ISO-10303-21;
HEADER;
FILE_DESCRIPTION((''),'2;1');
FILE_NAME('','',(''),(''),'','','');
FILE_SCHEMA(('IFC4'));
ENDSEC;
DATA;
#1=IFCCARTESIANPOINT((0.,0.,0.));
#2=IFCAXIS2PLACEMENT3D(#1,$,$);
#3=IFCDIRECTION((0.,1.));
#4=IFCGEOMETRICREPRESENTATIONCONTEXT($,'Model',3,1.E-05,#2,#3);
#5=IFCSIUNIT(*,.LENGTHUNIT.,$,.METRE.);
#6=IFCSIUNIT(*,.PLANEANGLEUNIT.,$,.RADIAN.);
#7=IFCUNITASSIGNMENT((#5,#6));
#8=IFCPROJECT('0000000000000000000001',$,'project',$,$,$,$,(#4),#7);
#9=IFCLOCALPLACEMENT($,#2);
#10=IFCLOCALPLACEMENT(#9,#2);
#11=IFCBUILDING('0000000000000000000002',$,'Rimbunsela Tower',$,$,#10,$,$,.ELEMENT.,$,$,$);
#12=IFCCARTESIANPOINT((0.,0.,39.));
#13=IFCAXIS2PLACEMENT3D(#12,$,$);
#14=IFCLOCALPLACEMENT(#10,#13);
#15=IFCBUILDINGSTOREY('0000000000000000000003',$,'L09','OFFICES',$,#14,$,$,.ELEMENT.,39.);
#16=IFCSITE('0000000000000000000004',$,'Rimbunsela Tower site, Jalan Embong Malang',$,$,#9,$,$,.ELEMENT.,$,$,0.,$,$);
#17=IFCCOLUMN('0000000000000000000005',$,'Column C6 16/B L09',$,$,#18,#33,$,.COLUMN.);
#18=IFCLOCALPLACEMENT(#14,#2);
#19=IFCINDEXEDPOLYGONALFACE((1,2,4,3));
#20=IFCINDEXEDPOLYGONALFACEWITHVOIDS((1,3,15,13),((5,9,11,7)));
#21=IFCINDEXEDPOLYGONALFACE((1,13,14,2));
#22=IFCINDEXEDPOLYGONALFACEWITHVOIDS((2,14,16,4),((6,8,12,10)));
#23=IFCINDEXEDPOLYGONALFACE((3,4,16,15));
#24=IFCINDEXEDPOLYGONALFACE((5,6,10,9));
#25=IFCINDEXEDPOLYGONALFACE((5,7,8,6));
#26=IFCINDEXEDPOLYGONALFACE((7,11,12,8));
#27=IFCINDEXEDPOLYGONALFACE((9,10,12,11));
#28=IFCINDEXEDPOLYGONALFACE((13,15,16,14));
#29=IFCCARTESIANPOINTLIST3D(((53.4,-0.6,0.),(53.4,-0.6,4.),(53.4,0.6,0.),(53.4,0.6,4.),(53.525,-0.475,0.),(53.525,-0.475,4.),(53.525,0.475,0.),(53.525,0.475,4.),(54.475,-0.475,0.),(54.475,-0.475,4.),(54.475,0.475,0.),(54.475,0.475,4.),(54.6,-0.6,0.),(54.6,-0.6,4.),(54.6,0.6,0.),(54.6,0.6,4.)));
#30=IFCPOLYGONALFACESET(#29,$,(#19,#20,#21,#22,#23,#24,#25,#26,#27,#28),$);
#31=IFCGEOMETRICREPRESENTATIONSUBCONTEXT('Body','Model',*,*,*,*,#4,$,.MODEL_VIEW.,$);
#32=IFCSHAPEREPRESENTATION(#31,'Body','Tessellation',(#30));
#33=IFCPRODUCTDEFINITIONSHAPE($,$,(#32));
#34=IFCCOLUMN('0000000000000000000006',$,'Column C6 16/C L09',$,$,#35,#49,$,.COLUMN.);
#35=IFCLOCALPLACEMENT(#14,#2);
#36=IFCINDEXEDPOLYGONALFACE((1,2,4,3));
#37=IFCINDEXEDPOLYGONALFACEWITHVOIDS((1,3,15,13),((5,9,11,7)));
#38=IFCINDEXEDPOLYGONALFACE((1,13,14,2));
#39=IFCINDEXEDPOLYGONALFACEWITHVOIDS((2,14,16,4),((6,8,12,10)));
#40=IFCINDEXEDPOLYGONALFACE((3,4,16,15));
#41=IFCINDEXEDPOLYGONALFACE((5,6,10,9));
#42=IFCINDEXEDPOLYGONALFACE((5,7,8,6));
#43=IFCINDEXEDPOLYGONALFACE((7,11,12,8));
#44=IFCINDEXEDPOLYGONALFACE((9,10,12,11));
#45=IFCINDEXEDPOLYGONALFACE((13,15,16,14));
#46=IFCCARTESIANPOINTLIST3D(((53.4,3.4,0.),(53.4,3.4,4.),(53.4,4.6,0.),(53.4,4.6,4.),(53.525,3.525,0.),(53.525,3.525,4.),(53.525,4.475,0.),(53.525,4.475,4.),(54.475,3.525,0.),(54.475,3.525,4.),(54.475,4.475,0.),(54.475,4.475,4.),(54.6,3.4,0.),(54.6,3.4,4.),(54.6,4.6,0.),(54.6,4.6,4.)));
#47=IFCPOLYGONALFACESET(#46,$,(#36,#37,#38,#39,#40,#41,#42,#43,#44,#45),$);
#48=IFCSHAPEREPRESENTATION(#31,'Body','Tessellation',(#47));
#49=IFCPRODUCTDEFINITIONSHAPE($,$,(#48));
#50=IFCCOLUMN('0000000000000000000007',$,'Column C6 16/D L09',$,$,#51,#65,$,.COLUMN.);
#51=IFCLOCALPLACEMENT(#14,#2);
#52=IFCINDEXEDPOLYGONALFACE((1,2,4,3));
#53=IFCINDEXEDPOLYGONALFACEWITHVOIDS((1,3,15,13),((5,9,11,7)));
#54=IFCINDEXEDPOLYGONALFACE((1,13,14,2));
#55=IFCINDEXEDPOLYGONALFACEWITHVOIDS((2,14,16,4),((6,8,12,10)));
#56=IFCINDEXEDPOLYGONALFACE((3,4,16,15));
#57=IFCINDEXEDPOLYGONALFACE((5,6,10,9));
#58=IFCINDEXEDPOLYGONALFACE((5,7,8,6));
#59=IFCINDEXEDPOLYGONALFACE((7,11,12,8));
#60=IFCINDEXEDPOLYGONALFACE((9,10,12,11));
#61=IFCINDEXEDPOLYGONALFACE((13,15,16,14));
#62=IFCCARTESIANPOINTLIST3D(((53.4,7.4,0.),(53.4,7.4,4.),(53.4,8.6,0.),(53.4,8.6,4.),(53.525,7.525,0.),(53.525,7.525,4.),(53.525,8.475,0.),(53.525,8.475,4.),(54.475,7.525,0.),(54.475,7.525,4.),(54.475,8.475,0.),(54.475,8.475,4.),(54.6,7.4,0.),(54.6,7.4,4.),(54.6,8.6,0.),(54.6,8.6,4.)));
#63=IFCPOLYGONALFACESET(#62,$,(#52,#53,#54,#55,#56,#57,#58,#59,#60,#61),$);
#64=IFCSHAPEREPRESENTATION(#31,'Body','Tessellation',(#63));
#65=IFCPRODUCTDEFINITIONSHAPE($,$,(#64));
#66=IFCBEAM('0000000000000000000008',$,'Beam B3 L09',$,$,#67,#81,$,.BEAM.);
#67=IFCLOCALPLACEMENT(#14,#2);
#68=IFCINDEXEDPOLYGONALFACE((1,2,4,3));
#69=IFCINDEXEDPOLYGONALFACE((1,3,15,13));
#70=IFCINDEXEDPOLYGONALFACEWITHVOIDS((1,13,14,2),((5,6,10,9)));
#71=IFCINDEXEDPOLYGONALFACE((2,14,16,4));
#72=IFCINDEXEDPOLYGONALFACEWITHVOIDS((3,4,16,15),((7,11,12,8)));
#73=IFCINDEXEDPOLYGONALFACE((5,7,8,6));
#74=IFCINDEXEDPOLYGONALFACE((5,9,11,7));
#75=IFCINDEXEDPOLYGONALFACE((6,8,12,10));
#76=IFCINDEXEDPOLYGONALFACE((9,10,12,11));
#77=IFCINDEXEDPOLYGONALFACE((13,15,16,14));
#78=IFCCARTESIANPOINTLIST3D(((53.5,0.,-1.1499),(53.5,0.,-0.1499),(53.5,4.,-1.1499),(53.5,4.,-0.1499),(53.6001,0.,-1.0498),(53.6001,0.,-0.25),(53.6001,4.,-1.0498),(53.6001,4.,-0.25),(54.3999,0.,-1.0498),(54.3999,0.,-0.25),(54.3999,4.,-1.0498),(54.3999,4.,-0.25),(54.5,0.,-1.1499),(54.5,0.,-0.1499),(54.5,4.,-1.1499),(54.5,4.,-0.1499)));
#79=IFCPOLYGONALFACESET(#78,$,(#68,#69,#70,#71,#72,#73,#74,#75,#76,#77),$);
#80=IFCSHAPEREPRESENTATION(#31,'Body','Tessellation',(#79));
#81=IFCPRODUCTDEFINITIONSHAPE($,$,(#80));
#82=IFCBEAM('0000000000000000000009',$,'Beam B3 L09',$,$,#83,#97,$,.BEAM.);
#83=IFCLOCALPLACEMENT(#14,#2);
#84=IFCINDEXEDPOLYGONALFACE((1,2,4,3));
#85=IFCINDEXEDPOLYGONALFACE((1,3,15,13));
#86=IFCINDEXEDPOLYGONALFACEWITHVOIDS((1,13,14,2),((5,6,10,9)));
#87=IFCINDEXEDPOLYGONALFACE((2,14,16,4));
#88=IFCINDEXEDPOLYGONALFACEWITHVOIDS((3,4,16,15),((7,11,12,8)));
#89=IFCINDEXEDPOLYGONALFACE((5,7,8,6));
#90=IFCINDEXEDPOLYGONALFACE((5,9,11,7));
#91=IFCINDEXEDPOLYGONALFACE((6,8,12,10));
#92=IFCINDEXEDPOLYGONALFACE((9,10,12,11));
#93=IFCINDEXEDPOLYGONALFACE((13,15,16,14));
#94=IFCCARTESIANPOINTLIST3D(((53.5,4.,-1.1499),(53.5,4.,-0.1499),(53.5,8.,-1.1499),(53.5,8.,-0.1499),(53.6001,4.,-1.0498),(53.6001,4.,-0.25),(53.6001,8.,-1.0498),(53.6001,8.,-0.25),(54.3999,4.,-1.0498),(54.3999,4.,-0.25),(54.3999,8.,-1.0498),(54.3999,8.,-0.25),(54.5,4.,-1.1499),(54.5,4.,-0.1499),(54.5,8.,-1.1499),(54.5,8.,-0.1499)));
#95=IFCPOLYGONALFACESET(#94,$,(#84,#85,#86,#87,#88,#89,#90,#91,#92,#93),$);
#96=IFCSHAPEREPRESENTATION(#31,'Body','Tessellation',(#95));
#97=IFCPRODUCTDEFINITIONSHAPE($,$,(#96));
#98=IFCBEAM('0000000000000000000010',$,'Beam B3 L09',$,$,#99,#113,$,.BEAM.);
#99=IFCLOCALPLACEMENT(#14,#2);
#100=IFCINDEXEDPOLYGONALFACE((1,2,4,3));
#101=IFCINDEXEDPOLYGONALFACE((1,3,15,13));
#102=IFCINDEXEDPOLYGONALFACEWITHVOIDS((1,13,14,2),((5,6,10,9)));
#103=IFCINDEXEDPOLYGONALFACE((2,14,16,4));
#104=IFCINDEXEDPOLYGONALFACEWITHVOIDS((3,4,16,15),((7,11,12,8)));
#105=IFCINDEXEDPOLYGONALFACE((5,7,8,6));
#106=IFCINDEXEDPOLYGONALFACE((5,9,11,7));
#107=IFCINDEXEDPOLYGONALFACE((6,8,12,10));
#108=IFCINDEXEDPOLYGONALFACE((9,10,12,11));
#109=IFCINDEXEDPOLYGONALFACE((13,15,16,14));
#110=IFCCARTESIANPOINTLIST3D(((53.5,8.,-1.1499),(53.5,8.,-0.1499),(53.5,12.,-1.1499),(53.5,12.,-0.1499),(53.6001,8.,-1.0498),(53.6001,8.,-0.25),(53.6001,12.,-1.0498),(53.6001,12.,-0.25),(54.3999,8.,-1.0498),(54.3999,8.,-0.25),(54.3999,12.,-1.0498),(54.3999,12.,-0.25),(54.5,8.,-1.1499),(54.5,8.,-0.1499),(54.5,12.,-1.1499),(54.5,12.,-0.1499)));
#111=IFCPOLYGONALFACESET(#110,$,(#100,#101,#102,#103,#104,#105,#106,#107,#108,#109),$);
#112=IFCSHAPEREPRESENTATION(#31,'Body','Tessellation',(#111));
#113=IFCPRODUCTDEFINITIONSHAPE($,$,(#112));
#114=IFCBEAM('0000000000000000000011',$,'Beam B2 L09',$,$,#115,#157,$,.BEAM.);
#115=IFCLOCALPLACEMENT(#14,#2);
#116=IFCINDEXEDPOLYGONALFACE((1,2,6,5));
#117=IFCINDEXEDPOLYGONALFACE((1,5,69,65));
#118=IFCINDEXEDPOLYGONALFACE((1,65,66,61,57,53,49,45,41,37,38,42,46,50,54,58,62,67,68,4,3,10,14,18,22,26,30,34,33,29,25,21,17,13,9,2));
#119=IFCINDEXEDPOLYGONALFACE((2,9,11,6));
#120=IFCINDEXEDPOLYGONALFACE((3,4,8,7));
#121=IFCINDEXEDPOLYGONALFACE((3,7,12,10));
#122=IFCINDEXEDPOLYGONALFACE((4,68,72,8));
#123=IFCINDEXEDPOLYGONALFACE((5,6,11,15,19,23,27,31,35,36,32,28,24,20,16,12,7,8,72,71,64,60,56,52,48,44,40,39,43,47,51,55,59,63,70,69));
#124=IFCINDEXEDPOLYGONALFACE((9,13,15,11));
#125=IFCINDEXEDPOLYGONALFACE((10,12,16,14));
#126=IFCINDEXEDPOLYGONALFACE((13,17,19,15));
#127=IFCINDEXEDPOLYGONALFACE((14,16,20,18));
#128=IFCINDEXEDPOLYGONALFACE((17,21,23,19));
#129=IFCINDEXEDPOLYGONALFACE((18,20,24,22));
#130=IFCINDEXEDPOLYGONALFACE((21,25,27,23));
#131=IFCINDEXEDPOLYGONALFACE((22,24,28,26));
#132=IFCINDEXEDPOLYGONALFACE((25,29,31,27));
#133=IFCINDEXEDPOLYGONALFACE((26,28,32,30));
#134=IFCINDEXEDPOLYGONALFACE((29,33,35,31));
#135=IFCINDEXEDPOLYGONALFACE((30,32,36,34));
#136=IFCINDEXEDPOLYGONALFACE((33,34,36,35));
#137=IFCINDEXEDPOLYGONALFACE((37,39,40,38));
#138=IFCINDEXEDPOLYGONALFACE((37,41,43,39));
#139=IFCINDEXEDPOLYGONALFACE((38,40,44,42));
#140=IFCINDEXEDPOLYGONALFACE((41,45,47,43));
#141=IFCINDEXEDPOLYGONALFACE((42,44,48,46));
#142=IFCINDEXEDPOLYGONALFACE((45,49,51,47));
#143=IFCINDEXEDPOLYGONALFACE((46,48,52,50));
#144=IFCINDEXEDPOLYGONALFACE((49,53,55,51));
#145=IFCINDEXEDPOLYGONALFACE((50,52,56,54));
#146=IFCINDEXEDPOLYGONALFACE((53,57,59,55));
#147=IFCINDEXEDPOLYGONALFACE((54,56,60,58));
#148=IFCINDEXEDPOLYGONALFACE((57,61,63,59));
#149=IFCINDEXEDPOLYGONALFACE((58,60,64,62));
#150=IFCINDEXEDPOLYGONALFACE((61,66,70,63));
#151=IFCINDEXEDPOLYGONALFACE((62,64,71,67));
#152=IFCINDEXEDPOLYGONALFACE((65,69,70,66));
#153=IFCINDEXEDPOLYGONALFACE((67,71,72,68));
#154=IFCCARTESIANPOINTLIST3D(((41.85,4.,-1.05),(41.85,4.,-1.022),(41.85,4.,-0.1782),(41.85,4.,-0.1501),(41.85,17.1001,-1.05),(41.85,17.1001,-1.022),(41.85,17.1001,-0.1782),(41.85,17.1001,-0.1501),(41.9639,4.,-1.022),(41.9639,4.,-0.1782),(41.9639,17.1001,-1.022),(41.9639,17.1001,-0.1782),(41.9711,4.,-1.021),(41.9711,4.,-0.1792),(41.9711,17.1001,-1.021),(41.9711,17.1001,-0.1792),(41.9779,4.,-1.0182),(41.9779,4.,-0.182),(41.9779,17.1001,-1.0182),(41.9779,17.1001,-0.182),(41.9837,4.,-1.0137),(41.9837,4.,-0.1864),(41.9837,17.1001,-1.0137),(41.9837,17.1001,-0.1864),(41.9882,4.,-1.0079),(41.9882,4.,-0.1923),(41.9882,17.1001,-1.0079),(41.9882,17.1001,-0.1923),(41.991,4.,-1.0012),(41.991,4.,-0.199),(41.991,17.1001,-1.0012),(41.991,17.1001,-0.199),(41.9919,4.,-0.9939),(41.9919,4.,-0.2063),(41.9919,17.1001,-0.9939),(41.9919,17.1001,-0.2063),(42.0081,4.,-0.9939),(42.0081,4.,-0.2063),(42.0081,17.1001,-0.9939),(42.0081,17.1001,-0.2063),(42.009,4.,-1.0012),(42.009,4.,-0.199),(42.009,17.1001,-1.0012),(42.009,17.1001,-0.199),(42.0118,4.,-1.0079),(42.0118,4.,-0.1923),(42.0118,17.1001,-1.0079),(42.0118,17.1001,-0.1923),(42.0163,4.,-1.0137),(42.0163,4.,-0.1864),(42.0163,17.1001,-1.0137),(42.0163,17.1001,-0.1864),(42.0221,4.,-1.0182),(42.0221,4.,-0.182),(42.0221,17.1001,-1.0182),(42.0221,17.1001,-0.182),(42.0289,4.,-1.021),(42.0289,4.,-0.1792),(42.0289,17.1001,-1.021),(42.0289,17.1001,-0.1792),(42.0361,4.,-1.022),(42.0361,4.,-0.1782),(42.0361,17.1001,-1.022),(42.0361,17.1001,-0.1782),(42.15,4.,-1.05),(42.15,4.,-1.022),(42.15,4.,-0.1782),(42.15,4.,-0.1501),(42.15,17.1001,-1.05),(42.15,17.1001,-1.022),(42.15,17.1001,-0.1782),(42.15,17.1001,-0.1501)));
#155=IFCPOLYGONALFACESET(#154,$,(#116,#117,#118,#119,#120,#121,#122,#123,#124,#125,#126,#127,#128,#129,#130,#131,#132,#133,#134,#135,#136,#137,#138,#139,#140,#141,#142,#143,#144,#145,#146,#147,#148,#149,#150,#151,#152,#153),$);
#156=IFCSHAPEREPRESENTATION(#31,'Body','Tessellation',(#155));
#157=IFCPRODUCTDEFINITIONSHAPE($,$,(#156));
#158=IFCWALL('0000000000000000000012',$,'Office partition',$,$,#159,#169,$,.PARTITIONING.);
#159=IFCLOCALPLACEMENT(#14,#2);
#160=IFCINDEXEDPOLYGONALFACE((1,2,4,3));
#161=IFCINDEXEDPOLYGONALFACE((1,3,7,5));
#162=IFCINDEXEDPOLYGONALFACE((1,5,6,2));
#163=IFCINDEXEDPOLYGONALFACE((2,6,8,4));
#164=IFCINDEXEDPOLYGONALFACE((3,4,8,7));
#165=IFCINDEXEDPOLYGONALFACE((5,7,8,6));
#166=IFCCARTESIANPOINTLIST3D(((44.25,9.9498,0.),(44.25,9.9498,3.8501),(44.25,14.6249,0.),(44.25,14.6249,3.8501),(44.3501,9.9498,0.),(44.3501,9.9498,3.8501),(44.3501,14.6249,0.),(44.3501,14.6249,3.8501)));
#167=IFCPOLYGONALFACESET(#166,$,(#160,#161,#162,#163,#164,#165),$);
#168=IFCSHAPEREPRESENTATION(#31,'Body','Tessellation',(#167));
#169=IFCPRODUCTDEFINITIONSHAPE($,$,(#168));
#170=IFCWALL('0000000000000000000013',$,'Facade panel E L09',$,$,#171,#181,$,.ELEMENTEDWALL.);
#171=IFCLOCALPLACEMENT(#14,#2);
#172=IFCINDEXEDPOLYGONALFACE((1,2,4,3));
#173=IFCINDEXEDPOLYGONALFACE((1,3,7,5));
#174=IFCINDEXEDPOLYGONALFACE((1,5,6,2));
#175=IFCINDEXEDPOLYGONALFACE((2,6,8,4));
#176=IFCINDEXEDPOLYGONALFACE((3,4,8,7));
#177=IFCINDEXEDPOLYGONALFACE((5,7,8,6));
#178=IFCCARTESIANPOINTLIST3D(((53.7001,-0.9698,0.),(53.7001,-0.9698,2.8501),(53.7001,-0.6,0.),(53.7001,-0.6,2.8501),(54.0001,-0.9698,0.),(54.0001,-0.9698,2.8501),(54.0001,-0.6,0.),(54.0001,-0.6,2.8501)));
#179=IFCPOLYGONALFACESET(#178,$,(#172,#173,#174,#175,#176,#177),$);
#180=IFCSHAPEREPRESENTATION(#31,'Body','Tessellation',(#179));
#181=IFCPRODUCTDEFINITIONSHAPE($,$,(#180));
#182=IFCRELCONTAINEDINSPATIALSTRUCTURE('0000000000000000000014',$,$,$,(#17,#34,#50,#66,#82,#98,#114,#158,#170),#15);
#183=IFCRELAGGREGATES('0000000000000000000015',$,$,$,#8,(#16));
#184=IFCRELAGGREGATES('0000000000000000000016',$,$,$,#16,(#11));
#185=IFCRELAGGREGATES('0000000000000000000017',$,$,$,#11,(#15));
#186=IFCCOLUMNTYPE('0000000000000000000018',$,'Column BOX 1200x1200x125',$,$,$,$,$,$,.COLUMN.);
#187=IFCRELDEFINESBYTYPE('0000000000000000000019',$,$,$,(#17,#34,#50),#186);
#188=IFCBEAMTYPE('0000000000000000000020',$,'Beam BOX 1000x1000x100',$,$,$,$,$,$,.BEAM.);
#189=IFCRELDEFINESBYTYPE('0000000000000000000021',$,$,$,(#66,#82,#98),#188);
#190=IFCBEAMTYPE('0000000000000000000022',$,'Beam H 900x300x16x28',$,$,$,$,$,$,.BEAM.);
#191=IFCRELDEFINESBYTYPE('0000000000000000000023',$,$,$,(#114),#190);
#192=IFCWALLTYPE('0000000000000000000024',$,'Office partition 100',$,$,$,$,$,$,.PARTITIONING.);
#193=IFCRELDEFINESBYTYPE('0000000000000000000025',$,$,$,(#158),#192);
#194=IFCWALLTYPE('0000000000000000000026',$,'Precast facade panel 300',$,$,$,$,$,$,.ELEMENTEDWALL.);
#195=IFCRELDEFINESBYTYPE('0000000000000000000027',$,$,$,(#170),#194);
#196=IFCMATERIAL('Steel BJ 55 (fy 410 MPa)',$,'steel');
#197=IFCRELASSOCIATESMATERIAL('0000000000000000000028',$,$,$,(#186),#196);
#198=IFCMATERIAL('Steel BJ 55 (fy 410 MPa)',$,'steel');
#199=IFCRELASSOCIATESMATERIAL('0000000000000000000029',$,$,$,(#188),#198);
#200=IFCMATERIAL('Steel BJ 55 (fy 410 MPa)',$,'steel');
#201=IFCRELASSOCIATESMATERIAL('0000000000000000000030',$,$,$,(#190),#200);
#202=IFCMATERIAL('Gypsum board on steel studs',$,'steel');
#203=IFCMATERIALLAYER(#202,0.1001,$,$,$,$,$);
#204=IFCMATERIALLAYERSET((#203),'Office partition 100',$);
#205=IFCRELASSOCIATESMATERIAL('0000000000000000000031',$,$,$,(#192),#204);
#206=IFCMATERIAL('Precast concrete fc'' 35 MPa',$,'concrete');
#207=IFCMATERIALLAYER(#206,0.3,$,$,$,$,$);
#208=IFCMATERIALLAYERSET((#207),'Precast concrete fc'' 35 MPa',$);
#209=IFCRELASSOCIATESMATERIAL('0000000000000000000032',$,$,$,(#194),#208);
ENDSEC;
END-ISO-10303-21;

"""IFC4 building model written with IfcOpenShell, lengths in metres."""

from ifc_helpers import new_model, si_unit, direction, frame, frame_2d, origin, origin_2d, place, context, subcontext, project, spatial, rectangle, hollow_rectangle, i_section, extrude, material, layer, layer_set, material_profile, profile_set, type_object, element, save


model = new_model("IFC4")

# Units and contexts
model_context = context("Model", 3, precision=1e-05, world=origin(), true_north=direction((0.0, 1.0)))
body_context = subcontext(model_context, "Body", "Model", "MODEL_VIEW")
ifc_project = project(units=[si_unit("LENGTHUNIT", "METRE"), si_unit("PLANEANGLEUNIT", "RADIAN")], contexts=[model_context])

# Site, building, storey
site_placement = place(None, origin())
site = spatial("IfcSite", under=ifc_project, at=site_placement, Name="Rimbunsela Tower site, Jalan Embong Malang", CompositionType="ELEMENT", RefElevation=0.0)
building_placement = place(site_placement, origin())
building = spatial("IfcBuilding", under=site, at=building_placement, Name="Rimbunsela Tower", CompositionType="ELEMENT")
storey_placement = place(building_placement, frame((0.0, 0.0, 39.0)))
storey = spatial("IfcBuildingStorey", under=building, at=storey_placement, Name="L09", Description="OFFICES", CompositionType="ELEMENT", Elevation=39.0)

# Columns
ifc_material_1 = material(Name="Steel BJ 55 (fy 410 MPa)", Category="steel")
ifc_material_profile_1 = material_profile(ifc_material_1, hollow_rectangle(XDim=1.2, YDim=1.2, WallThickness=0.125, at=origin_2d()), Name="BOX 1200x1200x125")
ifc_profile_set_1 = profile_set([ifc_material_profile_1], Name="Steel BJ 55 (fy 410 MPa)")
column_type = type_object("IfcColumnType", Name="Column BOX 1200x1200x125", PredefinedType="COLUMN", material=ifc_profile_set_1)
for number, where, z_axis, x_axis, name in (
    (1, (54.0, 0.0, 0.0), (0.0, 0.0, 1.0), (1.0, 0.0, 0.0), "Column C6 16/B L09"),
    (2, (54.0, 4.0, 0.0), (0.0, 0.0, 1.0), (1.0, 0.0, 0.0), "Column C6 16/C L09"),
    (3, (54.0, 8.0, 0.0), (0.0, 0.0, 1.0), (1.0, 0.0, 0.0), "Column C6 16/D L09"),
):
    element("IfcColumn", number, at=place(storey_placement, frame(where, z_axis=z_axis, x_axis=x_axis)), inside=storey, type_object=column_type, Name=name, PredefinedType="COLUMN", context=body_context, shape_type="SweptSolid", body=[
        extrude(hollow_rectangle(XDim=1.2, YDim=1.2, WallThickness=0.125, at=origin_2d()), origin(), (0.0, 0.0, 1.0), 4.0),
    ])

# Beams
ifc_material_2 = material(Name="Steel BJ 55 (fy 410 MPa)", Category="steel")
ifc_material_profile_2 = material_profile(ifc_material_2, hollow_rectangle(XDim=1.0, YDim=1.0, WallThickness=0.1001, at=origin_2d()), Name="BOX 1000x1000x100")
ifc_profile_set_2 = profile_set([ifc_material_profile_2], Name="Steel BJ 55 (fy 410 MPa)")
beam_type_1 = type_object("IfcBeamType", Name="Beam BOX 1000x1000x100", PredefinedType="BEAM", material=ifc_profile_set_2)
for number, where, z_axis, x_axis, name in (
    (4, (54.0, 0.0, -0.6499), (0.0, 1.0, 0.0), (-1.0, 0.0, 0.0), "Beam B3 L09"),
    (5, (54.0, 4.0, -0.6499), (0.0, 1.0, 0.0), (-1.0, 0.0, 0.0), "Beam B3 L09"),
    (6, (54.0, 8.0, -0.6499), (0.0, 1.0, 0.0), (-1.0, 0.0, 0.0), "Beam B3 L09"),
):
    element("IfcBeam", number, at=place(storey_placement, frame(where, z_axis=z_axis, x_axis=x_axis)), inside=storey, type_object=beam_type_1, Name=name, PredefinedType="BEAM", context=body_context, shape_type="SweptSolid", body=[
        extrude(hollow_rectangle(XDim=1.0, YDim=1.0, WallThickness=0.1001, at=origin_2d()), origin(), (0.0, 0.0, 1.0), 4.0),
    ])
ifc_material_3 = material(Name="Steel BJ 55 (fy 410 MPa)", Category="steel")
ifc_material_profile_3 = material_profile(ifc_material_3, i_section(OverallWidth=0.3, OverallDepth=0.8999, WebThickness=0.0161, FlangeThickness=0.0281, FilletRadius=0.0281, at=origin_2d()), Name="H 900x300x16x28")
ifc_profile_set_3 = profile_set([ifc_material_profile_3], Name="Steel BJ 55 (fy 410 MPa)")
beam_type_2 = type_object("IfcBeamType", Name="Beam H 900x300x16x28", PredefinedType="BEAM", material=ifc_profile_set_3)
beam_placement = place(storey_placement, frame((42.0, 4.0, -0.6001), z_axis=(0.0, 1.0, 0.0), x_axis=(-1.0, 0.0, 0.0)))
element("IfcBeam", 7, at=beam_placement, inside=storey, type_object=beam_type_2, Name="Beam B2 L09", PredefinedType="BEAM", context=body_context, shape_type="SweptSolid", body=[
    extrude(i_section(OverallWidth=0.3, OverallDepth=0.8999, WebThickness=0.0161, FlangeThickness=0.0281, FilletRadius=0.0281, at=origin_2d()), origin(), (0.0, 0.0, 1.0), 13.1001),
])

# Walls
ifc_material_4 = material(Name="Gypsum board on steel studs", Category="steel")
ifc_layer_1 = layer(ifc_material_4, 0.1001)
ifc_layer_set_1 = layer_set([ifc_layer_1], Name="Office partition 100")
wall_type_1 = type_object("IfcWallType", Name="Office partition 100", PredefinedType="PARTITIONING", material=ifc_layer_set_1)
wall_1_placement = place(storey_placement, frame((44.3, 9.95, 0.0), z_axis=(0.0, 0.0, 1.0), x_axis=(0.0, 1.0, 0.0)))
element("IfcWall", 8, at=wall_1_placement, inside=storey, type_object=wall_type_1, Name="Office partition", PredefinedType="PARTITIONING", context=body_context, shape_type="SweptSolid", body=[
    extrude(rectangle(XDim=4.675, YDim=0.1001, at=frame_2d((2.3374, 0.0))), origin(), (0.0, 0.0, 1.0), 3.8501),
])
ifc_material_5 = material(Name="Precast concrete fc' 35 MPa", Category="concrete")
ifc_layer_2 = layer(ifc_material_5, 0.3)
ifc_layer_set_2 = layer_set([ifc_layer_2], Name="Precast concrete fc' 35 MPa")
wall_type_2 = type_object("IfcWallType", Name="Precast facade panel 300", PredefinedType="ELEMENTEDWALL", material=ifc_layer_set_2)
wall_2_placement = place(storey_placement, frame((53.8501, -0.97, 0.0), z_axis=(0.0, 0.0, 1.0), x_axis=(0.0, 1.0, 0.0)))
element("IfcWall", 9, at=wall_2_placement, inside=storey, type_object=wall_type_2, Name="Facade panel E L09", PredefinedType="ELEMENTEDWALL", context=body_context, shape_type="SweptSolid", body=[
    extrude(rectangle(XDim=0.3699, YDim=0.3, at=frame_2d((0.1851, 0.0))), origin(), (0.0, 0.0, 1.0), 2.8501),
])

save(model, "model.ifc")
